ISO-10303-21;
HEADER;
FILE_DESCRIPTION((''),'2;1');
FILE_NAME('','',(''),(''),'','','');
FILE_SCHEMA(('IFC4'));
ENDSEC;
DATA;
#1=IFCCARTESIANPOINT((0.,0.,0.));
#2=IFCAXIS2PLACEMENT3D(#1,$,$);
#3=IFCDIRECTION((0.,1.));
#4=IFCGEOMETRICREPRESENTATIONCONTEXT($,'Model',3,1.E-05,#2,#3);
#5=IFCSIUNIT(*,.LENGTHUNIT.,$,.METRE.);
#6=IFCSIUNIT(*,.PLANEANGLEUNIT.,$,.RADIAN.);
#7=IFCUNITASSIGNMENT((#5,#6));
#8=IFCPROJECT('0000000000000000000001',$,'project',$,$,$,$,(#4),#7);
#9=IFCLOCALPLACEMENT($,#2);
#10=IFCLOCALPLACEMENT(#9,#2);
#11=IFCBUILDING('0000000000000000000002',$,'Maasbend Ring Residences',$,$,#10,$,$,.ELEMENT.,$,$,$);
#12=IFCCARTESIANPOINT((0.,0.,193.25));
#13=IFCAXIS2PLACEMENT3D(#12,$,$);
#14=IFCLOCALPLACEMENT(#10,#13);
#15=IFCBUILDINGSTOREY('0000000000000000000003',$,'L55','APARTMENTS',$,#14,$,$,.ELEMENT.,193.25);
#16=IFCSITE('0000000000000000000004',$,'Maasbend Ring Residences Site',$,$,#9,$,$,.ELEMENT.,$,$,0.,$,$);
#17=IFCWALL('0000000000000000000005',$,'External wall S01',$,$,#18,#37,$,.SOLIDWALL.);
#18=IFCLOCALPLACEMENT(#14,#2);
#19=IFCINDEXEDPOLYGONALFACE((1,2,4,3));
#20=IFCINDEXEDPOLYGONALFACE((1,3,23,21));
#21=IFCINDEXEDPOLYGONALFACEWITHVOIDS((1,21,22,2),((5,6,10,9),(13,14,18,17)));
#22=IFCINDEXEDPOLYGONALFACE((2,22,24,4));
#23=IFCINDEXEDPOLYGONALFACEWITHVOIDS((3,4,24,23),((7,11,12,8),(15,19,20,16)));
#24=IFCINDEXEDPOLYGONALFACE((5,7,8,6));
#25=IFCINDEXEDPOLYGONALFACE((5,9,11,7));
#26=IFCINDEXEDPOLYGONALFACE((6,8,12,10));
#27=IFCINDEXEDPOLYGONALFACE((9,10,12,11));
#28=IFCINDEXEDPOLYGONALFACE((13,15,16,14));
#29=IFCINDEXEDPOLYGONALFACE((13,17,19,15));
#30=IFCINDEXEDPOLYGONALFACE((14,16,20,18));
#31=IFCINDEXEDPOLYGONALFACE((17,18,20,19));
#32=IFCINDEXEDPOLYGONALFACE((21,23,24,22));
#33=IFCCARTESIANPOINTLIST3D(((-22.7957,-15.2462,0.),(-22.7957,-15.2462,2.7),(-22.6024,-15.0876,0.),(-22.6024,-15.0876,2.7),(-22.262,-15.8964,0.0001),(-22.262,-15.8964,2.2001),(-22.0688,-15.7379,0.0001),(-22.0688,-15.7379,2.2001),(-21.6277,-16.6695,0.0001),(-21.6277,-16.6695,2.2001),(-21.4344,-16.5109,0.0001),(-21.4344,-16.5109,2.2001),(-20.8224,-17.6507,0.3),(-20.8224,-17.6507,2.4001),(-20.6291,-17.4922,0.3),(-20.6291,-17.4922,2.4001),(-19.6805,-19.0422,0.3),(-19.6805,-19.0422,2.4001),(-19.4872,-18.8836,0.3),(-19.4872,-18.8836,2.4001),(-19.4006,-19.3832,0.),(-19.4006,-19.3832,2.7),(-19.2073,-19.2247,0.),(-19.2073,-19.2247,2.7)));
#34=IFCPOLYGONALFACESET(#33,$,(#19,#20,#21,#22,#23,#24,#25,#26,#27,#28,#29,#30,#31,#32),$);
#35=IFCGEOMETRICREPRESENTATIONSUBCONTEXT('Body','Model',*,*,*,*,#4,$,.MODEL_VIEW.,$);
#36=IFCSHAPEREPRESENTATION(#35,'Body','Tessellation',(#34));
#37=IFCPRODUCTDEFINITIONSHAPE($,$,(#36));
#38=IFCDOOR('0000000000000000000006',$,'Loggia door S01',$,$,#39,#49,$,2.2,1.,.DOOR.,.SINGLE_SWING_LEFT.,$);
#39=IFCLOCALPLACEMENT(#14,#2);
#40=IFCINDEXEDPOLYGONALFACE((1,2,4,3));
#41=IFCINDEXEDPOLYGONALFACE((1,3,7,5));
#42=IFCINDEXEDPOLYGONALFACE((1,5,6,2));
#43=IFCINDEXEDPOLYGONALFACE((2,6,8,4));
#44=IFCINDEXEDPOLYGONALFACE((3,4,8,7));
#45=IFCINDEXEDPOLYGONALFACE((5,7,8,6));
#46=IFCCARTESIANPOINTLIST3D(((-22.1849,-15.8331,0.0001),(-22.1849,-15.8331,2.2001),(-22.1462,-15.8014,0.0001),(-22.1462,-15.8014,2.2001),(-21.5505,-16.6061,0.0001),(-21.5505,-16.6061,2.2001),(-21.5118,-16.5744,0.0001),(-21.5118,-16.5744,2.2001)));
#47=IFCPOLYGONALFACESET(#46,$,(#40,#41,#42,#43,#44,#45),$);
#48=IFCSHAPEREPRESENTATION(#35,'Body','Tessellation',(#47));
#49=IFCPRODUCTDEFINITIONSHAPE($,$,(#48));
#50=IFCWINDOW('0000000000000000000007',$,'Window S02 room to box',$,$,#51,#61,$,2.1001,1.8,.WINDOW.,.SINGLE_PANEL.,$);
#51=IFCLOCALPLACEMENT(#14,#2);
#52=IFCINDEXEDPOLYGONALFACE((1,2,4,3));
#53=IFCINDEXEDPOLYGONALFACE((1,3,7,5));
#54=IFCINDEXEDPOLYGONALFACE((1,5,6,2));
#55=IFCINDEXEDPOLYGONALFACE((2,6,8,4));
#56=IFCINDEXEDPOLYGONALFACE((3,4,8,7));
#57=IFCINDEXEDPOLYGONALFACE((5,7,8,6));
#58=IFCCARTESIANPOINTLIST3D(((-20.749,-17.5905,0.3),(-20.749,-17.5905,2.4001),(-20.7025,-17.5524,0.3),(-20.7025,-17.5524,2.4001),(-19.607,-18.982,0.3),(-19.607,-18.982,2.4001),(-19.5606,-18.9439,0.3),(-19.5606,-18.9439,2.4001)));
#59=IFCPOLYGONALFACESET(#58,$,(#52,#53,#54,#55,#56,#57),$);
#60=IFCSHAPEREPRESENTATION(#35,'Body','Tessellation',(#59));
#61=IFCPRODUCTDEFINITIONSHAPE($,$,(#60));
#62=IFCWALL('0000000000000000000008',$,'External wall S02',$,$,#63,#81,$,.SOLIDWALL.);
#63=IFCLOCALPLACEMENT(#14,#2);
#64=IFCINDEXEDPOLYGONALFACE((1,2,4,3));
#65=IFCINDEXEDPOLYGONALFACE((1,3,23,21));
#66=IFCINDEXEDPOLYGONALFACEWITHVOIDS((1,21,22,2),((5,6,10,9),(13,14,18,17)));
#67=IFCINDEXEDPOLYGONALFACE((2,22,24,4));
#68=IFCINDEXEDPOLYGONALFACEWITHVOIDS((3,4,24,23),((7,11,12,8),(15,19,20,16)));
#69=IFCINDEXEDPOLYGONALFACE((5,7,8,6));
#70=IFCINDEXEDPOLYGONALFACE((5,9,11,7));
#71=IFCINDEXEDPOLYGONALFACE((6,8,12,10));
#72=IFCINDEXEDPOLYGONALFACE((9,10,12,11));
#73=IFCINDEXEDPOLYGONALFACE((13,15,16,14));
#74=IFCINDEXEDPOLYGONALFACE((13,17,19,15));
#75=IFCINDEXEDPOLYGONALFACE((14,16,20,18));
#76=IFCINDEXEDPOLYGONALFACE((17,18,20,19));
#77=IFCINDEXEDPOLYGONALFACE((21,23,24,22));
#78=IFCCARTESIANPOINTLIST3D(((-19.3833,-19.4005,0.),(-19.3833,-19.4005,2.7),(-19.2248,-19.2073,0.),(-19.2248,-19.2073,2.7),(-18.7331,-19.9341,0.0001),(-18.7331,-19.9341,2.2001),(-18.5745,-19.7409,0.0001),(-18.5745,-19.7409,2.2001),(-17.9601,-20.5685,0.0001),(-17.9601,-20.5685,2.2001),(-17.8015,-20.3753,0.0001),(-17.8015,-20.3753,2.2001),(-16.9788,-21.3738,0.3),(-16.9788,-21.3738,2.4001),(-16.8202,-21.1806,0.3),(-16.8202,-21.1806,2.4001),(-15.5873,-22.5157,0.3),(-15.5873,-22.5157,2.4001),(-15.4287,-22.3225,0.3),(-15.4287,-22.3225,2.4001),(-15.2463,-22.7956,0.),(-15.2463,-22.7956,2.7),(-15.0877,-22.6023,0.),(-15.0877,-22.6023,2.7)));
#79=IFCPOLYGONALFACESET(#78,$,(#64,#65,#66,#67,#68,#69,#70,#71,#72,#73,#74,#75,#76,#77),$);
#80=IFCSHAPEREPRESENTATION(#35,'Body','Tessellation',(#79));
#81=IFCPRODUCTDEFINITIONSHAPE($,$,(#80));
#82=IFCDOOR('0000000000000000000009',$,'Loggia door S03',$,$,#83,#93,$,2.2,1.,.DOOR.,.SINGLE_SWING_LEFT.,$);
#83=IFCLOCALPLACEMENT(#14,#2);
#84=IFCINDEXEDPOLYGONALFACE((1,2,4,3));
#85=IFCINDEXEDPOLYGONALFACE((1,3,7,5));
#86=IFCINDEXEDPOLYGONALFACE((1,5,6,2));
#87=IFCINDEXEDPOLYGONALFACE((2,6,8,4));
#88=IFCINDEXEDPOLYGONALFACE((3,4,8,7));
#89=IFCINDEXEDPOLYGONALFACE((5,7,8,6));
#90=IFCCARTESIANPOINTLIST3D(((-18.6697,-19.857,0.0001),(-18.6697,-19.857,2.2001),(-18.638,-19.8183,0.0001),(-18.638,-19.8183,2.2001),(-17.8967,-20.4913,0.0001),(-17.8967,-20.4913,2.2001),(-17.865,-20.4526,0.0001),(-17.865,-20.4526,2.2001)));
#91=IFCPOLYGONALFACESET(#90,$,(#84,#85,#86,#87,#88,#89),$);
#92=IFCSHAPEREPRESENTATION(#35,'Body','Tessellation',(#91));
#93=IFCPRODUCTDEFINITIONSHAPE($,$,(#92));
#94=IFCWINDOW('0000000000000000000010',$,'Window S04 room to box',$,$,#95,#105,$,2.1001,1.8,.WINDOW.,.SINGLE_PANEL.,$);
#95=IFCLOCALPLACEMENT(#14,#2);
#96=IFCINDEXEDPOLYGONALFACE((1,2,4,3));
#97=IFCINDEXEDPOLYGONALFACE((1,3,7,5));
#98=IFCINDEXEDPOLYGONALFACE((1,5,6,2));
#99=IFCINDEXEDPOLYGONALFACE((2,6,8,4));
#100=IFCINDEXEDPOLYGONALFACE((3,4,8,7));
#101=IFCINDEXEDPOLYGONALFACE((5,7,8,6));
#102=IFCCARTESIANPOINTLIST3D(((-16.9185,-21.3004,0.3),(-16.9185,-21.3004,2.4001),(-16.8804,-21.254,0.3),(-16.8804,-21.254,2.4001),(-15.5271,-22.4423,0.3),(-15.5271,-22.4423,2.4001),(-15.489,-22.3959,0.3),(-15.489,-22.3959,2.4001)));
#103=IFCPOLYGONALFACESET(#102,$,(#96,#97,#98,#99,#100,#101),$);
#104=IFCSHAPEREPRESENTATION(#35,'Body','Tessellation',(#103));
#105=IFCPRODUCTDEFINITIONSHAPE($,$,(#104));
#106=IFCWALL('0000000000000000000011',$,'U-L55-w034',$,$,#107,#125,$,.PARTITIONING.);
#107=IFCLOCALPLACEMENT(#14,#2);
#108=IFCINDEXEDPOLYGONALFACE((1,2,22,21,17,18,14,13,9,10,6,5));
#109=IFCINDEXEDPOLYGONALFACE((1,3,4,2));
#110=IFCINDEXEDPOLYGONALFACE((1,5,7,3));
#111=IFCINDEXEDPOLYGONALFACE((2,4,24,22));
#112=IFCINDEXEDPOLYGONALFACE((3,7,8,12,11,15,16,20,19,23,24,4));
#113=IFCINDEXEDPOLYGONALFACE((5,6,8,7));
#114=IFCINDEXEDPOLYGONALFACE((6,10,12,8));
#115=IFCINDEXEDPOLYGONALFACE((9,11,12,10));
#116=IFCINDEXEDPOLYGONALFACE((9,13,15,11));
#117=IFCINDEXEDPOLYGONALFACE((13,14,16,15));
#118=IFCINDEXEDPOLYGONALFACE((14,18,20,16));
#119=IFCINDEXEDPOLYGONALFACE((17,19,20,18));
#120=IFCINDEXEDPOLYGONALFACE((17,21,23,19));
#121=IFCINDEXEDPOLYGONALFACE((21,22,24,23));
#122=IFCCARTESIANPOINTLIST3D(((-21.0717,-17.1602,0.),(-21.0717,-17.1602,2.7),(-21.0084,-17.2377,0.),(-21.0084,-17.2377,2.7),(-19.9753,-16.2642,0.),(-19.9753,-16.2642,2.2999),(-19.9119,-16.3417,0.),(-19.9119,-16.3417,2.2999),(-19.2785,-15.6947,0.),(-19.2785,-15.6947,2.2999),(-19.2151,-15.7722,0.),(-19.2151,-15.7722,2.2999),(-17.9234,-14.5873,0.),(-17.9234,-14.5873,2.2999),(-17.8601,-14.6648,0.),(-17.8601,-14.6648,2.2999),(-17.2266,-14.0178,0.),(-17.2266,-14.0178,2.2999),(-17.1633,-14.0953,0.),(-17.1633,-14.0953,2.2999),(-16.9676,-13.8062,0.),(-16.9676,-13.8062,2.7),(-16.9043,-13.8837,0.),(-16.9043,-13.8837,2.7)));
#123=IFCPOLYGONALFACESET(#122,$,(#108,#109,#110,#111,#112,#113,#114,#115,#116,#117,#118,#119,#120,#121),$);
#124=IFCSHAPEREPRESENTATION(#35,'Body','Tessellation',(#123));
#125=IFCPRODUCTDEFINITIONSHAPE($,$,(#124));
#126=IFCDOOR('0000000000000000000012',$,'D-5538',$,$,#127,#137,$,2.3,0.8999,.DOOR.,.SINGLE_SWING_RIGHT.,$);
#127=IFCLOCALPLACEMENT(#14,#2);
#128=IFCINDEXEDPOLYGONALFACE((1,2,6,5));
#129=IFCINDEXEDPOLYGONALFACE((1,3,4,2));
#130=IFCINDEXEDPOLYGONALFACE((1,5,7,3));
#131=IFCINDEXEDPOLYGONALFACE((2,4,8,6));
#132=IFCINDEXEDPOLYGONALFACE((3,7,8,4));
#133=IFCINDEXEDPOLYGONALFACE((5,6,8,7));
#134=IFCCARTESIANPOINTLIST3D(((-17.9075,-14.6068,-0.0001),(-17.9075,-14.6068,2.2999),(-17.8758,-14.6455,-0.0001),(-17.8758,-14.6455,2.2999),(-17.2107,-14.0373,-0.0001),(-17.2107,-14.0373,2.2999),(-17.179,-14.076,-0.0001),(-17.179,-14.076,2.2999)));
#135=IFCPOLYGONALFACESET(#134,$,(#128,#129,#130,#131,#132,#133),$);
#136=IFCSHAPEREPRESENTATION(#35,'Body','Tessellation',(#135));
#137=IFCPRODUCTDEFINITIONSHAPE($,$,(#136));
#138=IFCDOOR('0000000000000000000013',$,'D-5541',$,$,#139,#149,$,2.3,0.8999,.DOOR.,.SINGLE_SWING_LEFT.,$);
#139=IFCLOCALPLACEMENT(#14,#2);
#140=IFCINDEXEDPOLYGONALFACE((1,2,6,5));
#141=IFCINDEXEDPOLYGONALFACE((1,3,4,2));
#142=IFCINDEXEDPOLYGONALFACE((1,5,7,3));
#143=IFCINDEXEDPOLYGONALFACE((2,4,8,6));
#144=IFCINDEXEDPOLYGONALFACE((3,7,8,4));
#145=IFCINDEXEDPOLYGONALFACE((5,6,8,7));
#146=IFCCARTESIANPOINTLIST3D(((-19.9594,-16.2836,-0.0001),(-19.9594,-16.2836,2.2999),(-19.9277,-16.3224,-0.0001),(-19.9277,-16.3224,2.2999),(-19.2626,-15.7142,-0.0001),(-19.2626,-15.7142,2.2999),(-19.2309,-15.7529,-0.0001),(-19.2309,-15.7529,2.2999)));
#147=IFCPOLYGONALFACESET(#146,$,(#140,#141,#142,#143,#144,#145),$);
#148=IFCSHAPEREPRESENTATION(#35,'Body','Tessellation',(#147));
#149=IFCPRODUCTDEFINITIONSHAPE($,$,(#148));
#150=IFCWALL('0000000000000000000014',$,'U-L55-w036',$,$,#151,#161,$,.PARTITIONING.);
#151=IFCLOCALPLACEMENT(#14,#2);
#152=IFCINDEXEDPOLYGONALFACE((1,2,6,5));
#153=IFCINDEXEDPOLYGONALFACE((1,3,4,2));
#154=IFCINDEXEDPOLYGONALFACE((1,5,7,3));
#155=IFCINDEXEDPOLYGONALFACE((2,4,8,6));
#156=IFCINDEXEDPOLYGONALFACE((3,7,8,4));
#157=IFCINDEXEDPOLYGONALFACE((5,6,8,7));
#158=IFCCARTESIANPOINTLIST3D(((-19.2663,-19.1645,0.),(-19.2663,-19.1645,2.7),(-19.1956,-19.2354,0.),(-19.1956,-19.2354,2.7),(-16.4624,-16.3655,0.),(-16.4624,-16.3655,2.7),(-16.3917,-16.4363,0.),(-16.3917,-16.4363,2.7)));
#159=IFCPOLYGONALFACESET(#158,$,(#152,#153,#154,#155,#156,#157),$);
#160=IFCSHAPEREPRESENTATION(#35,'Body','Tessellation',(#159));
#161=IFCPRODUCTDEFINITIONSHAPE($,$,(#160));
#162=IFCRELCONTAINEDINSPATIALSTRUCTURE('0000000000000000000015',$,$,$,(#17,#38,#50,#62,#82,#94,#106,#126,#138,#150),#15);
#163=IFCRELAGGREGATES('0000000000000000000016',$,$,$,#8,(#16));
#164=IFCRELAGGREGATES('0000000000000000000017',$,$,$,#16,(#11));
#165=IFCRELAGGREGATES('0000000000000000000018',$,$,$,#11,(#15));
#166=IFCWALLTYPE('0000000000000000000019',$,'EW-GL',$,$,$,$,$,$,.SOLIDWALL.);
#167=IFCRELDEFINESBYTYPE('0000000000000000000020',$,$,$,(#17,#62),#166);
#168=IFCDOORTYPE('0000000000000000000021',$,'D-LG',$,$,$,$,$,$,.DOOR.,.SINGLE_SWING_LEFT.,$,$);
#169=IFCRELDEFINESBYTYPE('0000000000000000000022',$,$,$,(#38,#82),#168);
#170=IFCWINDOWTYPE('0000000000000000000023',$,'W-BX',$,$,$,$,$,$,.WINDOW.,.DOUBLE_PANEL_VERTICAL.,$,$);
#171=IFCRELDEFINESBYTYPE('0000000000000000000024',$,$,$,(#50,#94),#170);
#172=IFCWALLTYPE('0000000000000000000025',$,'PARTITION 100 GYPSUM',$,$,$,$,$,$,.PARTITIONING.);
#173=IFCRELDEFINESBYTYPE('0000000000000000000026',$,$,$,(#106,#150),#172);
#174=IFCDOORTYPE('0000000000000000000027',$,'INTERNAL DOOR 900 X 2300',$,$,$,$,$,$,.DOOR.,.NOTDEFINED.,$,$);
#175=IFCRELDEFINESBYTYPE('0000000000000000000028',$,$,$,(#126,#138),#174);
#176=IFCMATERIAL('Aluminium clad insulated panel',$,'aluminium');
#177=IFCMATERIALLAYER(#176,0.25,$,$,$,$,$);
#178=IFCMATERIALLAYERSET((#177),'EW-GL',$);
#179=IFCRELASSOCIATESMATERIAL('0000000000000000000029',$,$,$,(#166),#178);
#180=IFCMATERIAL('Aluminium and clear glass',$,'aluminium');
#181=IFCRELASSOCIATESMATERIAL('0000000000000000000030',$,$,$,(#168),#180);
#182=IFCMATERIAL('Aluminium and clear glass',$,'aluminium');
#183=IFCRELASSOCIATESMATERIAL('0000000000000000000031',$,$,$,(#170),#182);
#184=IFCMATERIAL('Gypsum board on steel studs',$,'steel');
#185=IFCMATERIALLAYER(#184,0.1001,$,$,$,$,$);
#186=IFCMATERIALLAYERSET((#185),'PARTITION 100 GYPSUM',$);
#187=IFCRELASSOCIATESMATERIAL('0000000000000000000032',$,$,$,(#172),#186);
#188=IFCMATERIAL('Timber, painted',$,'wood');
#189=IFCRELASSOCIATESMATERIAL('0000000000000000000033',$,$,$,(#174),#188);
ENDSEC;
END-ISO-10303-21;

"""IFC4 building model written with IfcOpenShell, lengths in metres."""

from ifc_helpers import new_model, si_unit, direction, frame, frame_2d, origin, place, context, subcontext, project, spatial, rectangle, extrude, material, layer, layer_set, type_object, element, fill, save


model = new_model("IFC4")

# Units and contexts
model_context = context("Model", 3, precision=1e-05, world=origin(), true_north=direction((0.0, 1.0)))
body_context = subcontext(model_context, "Body", "Model", "MODEL_VIEW")
ifc_project = project(units=[si_unit("LENGTHUNIT", "METRE"), si_unit("PLANEANGLEUNIT", "RADIAN")], contexts=[model_context])

# Site, building, storey
site_placement = place(None, origin())
site = spatial("IfcSite", under=ifc_project, at=site_placement, Name="Maasbend Ring Residences Site", CompositionType="ELEMENT", RefElevation=0.0)
building_placement = place(site_placement, origin())
building = spatial("IfcBuilding", under=site, at=building_placement, Name="Maasbend Ring Residences", CompositionType="ELEMENT")
storey_placement = place(building_placement, frame((0.0, 0.0, 193.25)))
storey = spatial("IfcBuildingStorey", under=building, at=storey_placement, Name="L55", Description="APARTMENTS", CompositionType="ELEMENT", Elevation=193.25)

# Walls, openings, doors, windows
ifc_material_1 = material(Name="Aluminium clad insulated panel", Category="aluminium")
ifc_layer_1 = layer(ifc_material_1, 0.25)
ifc_layer_set_1 = layer_set([ifc_layer_1], Name="EW-GL")
wall_type_1 = type_object("IfcWallType", Name="EW-GL", PredefinedType="SOLIDWALL", material=ifc_layer_set_1)
wall_1_placement = place(storey_placement, frame((-22.699, -15.167, 0.0), z_axis=(0.0, 0.0, 1.0), x_axis=(0.634382, -0.773019, 0.0)))
wall_1 = element("IfcWall", 1, at=wall_1_placement, inside=storey, type_object=wall_type_1, Name="External wall S01", PredefinedType="SOLIDWALL", context=body_context, shape_type="SweptSolid", body=[
    extrude(rectangle(XDim=5.3518, YDim=0.25, at=frame_2d((2.6758, 0.0))), origin(), (0.0, 0.0, 1.0), 2.7),
])
opening_1_placement = place(wall_1_placement, frame((0.8411, 0.0, 0.0)))
opening_1 = element("IfcOpeningElement", 2, at=opening_1_placement, cuts=wall_1, PredefinedType="OPENING", context=body_context, shape_type="SweptSolid", body=[
    extrude(rectangle(XDim=1.0, YDim=2.2, at=frame_2d((0.5, 1.1001))), frame((0.0, 0.135, 0.0), z_axis=(0.0, -1.0, 0.0), x_axis=(1.0, 0.0, 0.0)), (0.0, 0.0, 1.0), 0.27),
])
opening_2_placement = place(wall_1_placement, frame((3.1106, 0.0, 0.3)))
opening_2 = element("IfcOpeningElement", 3, at=opening_2_placement, cuts=wall_1, PredefinedType="OPENING", context=body_context, shape_type="SweptSolid", body=[
    extrude(rectangle(XDim=1.8, YDim=2.1001, at=frame_2d((0.8999, 1.05))), frame((0.0, 0.135, 0.0), z_axis=(0.0, -1.0, 0.0), x_axis=(1.0, 0.0, 0.0)), (0.0, 0.0, 1.0), 0.27),
])
ifc_material_2 = material(Name="Aluminium and clear glass", Category="aluminium")
door_type_1 = type_object("IfcDoorType", Name="D-LG", OperationType="SINGLE_SWING_LEFT", PredefinedType="DOOR", material=ifc_material_2)
door_1_placement = place(opening_1_placement, origin())
door_1 = element("IfcDoor", 4, at=door_1_placement, inside=storey, type_object=door_type_1, Name="Loggia door S01", OperationType="SINGLE_SWING_LEFT", OverallHeight=2.2, OverallWidth=1.0, PredefinedType="DOOR", context=body_context, shape_type="SweptSolid", body=[
    extrude(rectangle(XDim=1.0, YDim=2.2, at=frame_2d((0.5, 1.1001))), frame((0.0, 0.0249, 0.0), z_axis=(0.0, -1.0, 0.0), x_axis=(1.0, 0.0, 0.0)), (0.0, 0.0, 1.0), 0.05),
])
fill(opening_1, door_1)
ifc_material_3 = material(Name="Aluminium and clear glass", Category="aluminium")
window_type_1 = type_object("IfcWindowType", Name="W-BX", PartitioningType="DOUBLE_PANEL_VERTICAL", PredefinedType="WINDOW", material=ifc_material_3)
window_1_placement = place(opening_2_placement, origin())
window_1 = element("IfcWindow", 5, at=window_1_placement, inside=storey, type_object=window_type_1, Name="Window S02 room to box", OverallHeight=2.1001, OverallWidth=1.8, PartitioningType="SINGLE_PANEL", PredefinedType="WINDOW", context=body_context, shape_type="SweptSolid", body=[
    extrude(rectangle(XDim=1.8, YDim=2.1001, at=frame_2d((0.8999, 1.05))), frame((0.0, 0.03, 0.0), z_axis=(0.0, -1.0, 0.0), x_axis=(1.0, 0.0, 0.0)), (0.0, 0.0, 1.0), 0.0601),
])
fill(opening_2, window_1)
wall_2_placement = place(storey_placement, frame((-19.304, -19.304, 0.0), z_axis=(0.0, 0.0, 1.0), x_axis=(0.773019, -0.634382, 0.0)))
wall_2 = element("IfcWall", 6, at=wall_2_placement, inside=storey, type_object=wall_type_1, Name="External wall S02", PredefinedType="SOLIDWALL", context=body_context, shape_type="SweptSolid", body=[
    extrude(rectangle(XDim=5.3518, YDim=0.25, at=frame_2d((2.6758, 0.0))), origin(), (0.0, 0.0, 1.0), 2.7),
])
opening_3_placement = place(wall_2_placement, frame((0.8411, 0.0, 0.0)))
opening_3 = element("IfcOpeningElement", 7, at=opening_3_placement, cuts=wall_2, PredefinedType="OPENING", context=body_context, shape_type="SweptSolid", body=[
    extrude(rectangle(XDim=1.0, YDim=2.2, at=frame_2d((0.5, 1.1001))), frame((0.0, 0.135, 0.0), z_axis=(0.0, -1.0, 0.0), x_axis=(1.0, 0.0, 0.0)), (0.0, 0.0, 1.0), 0.27),
])
opening_4_placement = place(wall_2_placement, frame((3.1106, 0.0, 0.3)))
opening_4 = element("IfcOpeningElement", 8, at=opening_4_placement, cuts=wall_2, PredefinedType="OPENING", context=body_context, shape_type="SweptSolid", body=[
    extrude(rectangle(XDim=1.8, YDim=2.1001, at=frame_2d((0.8999, 1.05))), frame((0.0, 0.135, 0.0), z_axis=(0.0, -1.0, 0.0), x_axis=(1.0, 0.0, 0.0)), (0.0, 0.0, 1.0), 0.27),
])
door_2_placement = place(opening_3_placement, origin())
door_2 = element("IfcDoor", 9, at=door_2_placement, inside=storey, type_object=door_type_1, Name="Loggia door S03", OperationType="SINGLE_SWING_LEFT", OverallHeight=2.2, OverallWidth=1.0, PredefinedType="DOOR", context=body_context, shape_type="SweptSolid", body=[
    extrude(rectangle(XDim=1.0, YDim=2.2, at=frame_2d((0.5, 1.1001))), frame((0.0, 0.0249, 0.0), z_axis=(0.0, -1.0, 0.0), x_axis=(1.0, 0.0, 0.0)), (0.0, 0.0, 1.0), 0.05),
])
fill(opening_3, door_2)
window_2_placement = place(opening_4_placement, origin())
window_2 = element("IfcWindow", 10, at=window_2_placement, inside=storey, type_object=window_type_1, Name="Window S04 room to box", OverallHeight=2.1001, OverallWidth=1.8, PartitioningType="SINGLE_PANEL", PredefinedType="WINDOW", context=body_context, shape_type="SweptSolid", body=[
    extrude(rectangle(XDim=1.8, YDim=2.1001, at=frame_2d((0.8999, 1.05))), frame((0.0, 0.03, 0.0), z_axis=(0.0, -1.0, 0.0), x_axis=(1.0, 0.0, 0.0)), (0.0, 0.0, 1.0), 0.0601),
])
fill(opening_4, window_2)

# Wall, openings, doors
ifc_material_4 = material(Name="Gypsum board on steel studs", Category="steel")
ifc_layer_2 = layer(ifc_material_4, 0.1001)
ifc_layer_set_2 = layer_set([ifc_layer_2], Name="PARTITION 100 GYPSUM")
wall_type_2 = type_object("IfcWallType", Name="PARTITION 100 GYPSUM", PredefinedType="PARTITIONING", material=ifc_layer_set_2)
wall_3_placement = place(storey_placement, frame((-21.04, -17.199, 0.0), z_axis=(0.0, 0.0, 1.0), x_axis=(0.77431, 0.632806, 0.0)))
wall_3 = element("IfcWall", 11, at=wall_3_placement, inside=storey, type_object=wall_type_2, Name="U-L55-w034", PredefinedType="PARTITIONING", context=body_context, shape_type="SweptSolid", body=[
    extrude(rectangle(XDim=5.3003, YDim=0.1001, at=frame_2d((2.6501, 0.0))), origin(), (0.0, 0.0, 1.0), 2.7),
])
opening_5_placement = place(wall_3_placement, frame((4.0659, 0.0, 0.0)))
opening_5 = element("IfcOpeningElement", 12, at=opening_5_placement, cuts=wall_3, PredefinedType="OPENING", context=body_context, shape_type="SweptSolid", body=[
    extrude(rectangle(XDim=0.8999, YDim=2.3, at=frame_2d((0.45, 1.1499))), frame((0.0, 0.0601, 0.0), z_axis=(0.0, -1.0, 0.0), x_axis=(1.0, 0.0, 0.0)), (0.0, 0.0, 1.0), 0.1201),
])
opening_6_placement = place(wall_3_placement, frame((1.416, 0.0, 0.0)))
opening_6 = element("IfcOpeningElement", 13, at=opening_6_placement, cuts=wall_3, PredefinedType="OPENING", context=body_context, shape_type="SweptSolid", body=[
    extrude(rectangle(XDim=0.8999, YDim=2.3, at=frame_2d((0.45, 1.1499))), frame((0.0, 0.0601, 0.0), z_axis=(0.0, -1.0, 0.0), x_axis=(1.0, 0.0, 0.0)), (0.0, 0.0, 1.0), 0.1201),
])
ifc_material_5 = material(Name="Timber, painted", Category="wood")
door_type_2 = type_object("IfcDoorType", Name="INTERNAL DOOR 900 X 2300", OperationType="NOTDEFINED", PredefinedType="DOOR", material=ifc_material_5)
door_3_placement = place(opening_5_placement, origin())
door_3 = element("IfcDoor", 14, at=door_3_placement, inside=storey, type_object=door_type_2, Name="D-5538", OperationType="SINGLE_SWING_RIGHT", OverallHeight=2.3, OverallWidth=0.8999, PredefinedType="DOOR", context=body_context, shape_type="SweptSolid", body=[
    extrude(rectangle(XDim=0.8999, YDim=2.3, at=frame_2d((0.45, 1.1499))), frame((0.0, 0.0249, 0.0), z_axis=(0.0, -1.0, 0.0), x_axis=(1.0, 0.0, 0.0)), (0.0, 0.0, 1.0), 0.05),
])
fill(opening_5, door_3)
door_4_placement = place(opening_6_placement, origin())
door_4 = element("IfcDoor", 15, at=door_4_placement, inside=storey, type_object=door_type_2, Name="D-5541", OperationType="SINGLE_SWING_LEFT", OverallHeight=2.3, OverallWidth=0.8999, PredefinedType="DOOR", context=body_context, shape_type="SweptSolid", body=[
    extrude(rectangle(XDim=0.8999, YDim=2.3, at=frame_2d((0.45, 1.1499))), frame((0.0, 0.0249, 0.0), z_axis=(0.0, -1.0, 0.0), x_axis=(1.0, 0.0, 0.0)), (0.0, 0.0, 1.0), 0.05),
])
fill(opening_6, door_4)

# Wall
wall_4_placement = place(storey_placement, frame((-19.231, -19.2, 0.0), z_axis=(0.0, 0.0, 1.0), x_axis=(0.707723, 0.70649, 0.0)))
element("IfcWall", 16, at=wall_4_placement, inside=storey, type_object=wall_type_2, Name="U-L55-w036", PredefinedType="PARTITIONING", context=body_context, shape_type="SweptSolid", body=[
    extrude(rectangle(XDim=3.9619, YDim=0.1001, at=frame_2d((1.981, 0.0))), origin(), (0.0, 0.0, 1.0), 2.7),
])

save(model, "model.ifc")
